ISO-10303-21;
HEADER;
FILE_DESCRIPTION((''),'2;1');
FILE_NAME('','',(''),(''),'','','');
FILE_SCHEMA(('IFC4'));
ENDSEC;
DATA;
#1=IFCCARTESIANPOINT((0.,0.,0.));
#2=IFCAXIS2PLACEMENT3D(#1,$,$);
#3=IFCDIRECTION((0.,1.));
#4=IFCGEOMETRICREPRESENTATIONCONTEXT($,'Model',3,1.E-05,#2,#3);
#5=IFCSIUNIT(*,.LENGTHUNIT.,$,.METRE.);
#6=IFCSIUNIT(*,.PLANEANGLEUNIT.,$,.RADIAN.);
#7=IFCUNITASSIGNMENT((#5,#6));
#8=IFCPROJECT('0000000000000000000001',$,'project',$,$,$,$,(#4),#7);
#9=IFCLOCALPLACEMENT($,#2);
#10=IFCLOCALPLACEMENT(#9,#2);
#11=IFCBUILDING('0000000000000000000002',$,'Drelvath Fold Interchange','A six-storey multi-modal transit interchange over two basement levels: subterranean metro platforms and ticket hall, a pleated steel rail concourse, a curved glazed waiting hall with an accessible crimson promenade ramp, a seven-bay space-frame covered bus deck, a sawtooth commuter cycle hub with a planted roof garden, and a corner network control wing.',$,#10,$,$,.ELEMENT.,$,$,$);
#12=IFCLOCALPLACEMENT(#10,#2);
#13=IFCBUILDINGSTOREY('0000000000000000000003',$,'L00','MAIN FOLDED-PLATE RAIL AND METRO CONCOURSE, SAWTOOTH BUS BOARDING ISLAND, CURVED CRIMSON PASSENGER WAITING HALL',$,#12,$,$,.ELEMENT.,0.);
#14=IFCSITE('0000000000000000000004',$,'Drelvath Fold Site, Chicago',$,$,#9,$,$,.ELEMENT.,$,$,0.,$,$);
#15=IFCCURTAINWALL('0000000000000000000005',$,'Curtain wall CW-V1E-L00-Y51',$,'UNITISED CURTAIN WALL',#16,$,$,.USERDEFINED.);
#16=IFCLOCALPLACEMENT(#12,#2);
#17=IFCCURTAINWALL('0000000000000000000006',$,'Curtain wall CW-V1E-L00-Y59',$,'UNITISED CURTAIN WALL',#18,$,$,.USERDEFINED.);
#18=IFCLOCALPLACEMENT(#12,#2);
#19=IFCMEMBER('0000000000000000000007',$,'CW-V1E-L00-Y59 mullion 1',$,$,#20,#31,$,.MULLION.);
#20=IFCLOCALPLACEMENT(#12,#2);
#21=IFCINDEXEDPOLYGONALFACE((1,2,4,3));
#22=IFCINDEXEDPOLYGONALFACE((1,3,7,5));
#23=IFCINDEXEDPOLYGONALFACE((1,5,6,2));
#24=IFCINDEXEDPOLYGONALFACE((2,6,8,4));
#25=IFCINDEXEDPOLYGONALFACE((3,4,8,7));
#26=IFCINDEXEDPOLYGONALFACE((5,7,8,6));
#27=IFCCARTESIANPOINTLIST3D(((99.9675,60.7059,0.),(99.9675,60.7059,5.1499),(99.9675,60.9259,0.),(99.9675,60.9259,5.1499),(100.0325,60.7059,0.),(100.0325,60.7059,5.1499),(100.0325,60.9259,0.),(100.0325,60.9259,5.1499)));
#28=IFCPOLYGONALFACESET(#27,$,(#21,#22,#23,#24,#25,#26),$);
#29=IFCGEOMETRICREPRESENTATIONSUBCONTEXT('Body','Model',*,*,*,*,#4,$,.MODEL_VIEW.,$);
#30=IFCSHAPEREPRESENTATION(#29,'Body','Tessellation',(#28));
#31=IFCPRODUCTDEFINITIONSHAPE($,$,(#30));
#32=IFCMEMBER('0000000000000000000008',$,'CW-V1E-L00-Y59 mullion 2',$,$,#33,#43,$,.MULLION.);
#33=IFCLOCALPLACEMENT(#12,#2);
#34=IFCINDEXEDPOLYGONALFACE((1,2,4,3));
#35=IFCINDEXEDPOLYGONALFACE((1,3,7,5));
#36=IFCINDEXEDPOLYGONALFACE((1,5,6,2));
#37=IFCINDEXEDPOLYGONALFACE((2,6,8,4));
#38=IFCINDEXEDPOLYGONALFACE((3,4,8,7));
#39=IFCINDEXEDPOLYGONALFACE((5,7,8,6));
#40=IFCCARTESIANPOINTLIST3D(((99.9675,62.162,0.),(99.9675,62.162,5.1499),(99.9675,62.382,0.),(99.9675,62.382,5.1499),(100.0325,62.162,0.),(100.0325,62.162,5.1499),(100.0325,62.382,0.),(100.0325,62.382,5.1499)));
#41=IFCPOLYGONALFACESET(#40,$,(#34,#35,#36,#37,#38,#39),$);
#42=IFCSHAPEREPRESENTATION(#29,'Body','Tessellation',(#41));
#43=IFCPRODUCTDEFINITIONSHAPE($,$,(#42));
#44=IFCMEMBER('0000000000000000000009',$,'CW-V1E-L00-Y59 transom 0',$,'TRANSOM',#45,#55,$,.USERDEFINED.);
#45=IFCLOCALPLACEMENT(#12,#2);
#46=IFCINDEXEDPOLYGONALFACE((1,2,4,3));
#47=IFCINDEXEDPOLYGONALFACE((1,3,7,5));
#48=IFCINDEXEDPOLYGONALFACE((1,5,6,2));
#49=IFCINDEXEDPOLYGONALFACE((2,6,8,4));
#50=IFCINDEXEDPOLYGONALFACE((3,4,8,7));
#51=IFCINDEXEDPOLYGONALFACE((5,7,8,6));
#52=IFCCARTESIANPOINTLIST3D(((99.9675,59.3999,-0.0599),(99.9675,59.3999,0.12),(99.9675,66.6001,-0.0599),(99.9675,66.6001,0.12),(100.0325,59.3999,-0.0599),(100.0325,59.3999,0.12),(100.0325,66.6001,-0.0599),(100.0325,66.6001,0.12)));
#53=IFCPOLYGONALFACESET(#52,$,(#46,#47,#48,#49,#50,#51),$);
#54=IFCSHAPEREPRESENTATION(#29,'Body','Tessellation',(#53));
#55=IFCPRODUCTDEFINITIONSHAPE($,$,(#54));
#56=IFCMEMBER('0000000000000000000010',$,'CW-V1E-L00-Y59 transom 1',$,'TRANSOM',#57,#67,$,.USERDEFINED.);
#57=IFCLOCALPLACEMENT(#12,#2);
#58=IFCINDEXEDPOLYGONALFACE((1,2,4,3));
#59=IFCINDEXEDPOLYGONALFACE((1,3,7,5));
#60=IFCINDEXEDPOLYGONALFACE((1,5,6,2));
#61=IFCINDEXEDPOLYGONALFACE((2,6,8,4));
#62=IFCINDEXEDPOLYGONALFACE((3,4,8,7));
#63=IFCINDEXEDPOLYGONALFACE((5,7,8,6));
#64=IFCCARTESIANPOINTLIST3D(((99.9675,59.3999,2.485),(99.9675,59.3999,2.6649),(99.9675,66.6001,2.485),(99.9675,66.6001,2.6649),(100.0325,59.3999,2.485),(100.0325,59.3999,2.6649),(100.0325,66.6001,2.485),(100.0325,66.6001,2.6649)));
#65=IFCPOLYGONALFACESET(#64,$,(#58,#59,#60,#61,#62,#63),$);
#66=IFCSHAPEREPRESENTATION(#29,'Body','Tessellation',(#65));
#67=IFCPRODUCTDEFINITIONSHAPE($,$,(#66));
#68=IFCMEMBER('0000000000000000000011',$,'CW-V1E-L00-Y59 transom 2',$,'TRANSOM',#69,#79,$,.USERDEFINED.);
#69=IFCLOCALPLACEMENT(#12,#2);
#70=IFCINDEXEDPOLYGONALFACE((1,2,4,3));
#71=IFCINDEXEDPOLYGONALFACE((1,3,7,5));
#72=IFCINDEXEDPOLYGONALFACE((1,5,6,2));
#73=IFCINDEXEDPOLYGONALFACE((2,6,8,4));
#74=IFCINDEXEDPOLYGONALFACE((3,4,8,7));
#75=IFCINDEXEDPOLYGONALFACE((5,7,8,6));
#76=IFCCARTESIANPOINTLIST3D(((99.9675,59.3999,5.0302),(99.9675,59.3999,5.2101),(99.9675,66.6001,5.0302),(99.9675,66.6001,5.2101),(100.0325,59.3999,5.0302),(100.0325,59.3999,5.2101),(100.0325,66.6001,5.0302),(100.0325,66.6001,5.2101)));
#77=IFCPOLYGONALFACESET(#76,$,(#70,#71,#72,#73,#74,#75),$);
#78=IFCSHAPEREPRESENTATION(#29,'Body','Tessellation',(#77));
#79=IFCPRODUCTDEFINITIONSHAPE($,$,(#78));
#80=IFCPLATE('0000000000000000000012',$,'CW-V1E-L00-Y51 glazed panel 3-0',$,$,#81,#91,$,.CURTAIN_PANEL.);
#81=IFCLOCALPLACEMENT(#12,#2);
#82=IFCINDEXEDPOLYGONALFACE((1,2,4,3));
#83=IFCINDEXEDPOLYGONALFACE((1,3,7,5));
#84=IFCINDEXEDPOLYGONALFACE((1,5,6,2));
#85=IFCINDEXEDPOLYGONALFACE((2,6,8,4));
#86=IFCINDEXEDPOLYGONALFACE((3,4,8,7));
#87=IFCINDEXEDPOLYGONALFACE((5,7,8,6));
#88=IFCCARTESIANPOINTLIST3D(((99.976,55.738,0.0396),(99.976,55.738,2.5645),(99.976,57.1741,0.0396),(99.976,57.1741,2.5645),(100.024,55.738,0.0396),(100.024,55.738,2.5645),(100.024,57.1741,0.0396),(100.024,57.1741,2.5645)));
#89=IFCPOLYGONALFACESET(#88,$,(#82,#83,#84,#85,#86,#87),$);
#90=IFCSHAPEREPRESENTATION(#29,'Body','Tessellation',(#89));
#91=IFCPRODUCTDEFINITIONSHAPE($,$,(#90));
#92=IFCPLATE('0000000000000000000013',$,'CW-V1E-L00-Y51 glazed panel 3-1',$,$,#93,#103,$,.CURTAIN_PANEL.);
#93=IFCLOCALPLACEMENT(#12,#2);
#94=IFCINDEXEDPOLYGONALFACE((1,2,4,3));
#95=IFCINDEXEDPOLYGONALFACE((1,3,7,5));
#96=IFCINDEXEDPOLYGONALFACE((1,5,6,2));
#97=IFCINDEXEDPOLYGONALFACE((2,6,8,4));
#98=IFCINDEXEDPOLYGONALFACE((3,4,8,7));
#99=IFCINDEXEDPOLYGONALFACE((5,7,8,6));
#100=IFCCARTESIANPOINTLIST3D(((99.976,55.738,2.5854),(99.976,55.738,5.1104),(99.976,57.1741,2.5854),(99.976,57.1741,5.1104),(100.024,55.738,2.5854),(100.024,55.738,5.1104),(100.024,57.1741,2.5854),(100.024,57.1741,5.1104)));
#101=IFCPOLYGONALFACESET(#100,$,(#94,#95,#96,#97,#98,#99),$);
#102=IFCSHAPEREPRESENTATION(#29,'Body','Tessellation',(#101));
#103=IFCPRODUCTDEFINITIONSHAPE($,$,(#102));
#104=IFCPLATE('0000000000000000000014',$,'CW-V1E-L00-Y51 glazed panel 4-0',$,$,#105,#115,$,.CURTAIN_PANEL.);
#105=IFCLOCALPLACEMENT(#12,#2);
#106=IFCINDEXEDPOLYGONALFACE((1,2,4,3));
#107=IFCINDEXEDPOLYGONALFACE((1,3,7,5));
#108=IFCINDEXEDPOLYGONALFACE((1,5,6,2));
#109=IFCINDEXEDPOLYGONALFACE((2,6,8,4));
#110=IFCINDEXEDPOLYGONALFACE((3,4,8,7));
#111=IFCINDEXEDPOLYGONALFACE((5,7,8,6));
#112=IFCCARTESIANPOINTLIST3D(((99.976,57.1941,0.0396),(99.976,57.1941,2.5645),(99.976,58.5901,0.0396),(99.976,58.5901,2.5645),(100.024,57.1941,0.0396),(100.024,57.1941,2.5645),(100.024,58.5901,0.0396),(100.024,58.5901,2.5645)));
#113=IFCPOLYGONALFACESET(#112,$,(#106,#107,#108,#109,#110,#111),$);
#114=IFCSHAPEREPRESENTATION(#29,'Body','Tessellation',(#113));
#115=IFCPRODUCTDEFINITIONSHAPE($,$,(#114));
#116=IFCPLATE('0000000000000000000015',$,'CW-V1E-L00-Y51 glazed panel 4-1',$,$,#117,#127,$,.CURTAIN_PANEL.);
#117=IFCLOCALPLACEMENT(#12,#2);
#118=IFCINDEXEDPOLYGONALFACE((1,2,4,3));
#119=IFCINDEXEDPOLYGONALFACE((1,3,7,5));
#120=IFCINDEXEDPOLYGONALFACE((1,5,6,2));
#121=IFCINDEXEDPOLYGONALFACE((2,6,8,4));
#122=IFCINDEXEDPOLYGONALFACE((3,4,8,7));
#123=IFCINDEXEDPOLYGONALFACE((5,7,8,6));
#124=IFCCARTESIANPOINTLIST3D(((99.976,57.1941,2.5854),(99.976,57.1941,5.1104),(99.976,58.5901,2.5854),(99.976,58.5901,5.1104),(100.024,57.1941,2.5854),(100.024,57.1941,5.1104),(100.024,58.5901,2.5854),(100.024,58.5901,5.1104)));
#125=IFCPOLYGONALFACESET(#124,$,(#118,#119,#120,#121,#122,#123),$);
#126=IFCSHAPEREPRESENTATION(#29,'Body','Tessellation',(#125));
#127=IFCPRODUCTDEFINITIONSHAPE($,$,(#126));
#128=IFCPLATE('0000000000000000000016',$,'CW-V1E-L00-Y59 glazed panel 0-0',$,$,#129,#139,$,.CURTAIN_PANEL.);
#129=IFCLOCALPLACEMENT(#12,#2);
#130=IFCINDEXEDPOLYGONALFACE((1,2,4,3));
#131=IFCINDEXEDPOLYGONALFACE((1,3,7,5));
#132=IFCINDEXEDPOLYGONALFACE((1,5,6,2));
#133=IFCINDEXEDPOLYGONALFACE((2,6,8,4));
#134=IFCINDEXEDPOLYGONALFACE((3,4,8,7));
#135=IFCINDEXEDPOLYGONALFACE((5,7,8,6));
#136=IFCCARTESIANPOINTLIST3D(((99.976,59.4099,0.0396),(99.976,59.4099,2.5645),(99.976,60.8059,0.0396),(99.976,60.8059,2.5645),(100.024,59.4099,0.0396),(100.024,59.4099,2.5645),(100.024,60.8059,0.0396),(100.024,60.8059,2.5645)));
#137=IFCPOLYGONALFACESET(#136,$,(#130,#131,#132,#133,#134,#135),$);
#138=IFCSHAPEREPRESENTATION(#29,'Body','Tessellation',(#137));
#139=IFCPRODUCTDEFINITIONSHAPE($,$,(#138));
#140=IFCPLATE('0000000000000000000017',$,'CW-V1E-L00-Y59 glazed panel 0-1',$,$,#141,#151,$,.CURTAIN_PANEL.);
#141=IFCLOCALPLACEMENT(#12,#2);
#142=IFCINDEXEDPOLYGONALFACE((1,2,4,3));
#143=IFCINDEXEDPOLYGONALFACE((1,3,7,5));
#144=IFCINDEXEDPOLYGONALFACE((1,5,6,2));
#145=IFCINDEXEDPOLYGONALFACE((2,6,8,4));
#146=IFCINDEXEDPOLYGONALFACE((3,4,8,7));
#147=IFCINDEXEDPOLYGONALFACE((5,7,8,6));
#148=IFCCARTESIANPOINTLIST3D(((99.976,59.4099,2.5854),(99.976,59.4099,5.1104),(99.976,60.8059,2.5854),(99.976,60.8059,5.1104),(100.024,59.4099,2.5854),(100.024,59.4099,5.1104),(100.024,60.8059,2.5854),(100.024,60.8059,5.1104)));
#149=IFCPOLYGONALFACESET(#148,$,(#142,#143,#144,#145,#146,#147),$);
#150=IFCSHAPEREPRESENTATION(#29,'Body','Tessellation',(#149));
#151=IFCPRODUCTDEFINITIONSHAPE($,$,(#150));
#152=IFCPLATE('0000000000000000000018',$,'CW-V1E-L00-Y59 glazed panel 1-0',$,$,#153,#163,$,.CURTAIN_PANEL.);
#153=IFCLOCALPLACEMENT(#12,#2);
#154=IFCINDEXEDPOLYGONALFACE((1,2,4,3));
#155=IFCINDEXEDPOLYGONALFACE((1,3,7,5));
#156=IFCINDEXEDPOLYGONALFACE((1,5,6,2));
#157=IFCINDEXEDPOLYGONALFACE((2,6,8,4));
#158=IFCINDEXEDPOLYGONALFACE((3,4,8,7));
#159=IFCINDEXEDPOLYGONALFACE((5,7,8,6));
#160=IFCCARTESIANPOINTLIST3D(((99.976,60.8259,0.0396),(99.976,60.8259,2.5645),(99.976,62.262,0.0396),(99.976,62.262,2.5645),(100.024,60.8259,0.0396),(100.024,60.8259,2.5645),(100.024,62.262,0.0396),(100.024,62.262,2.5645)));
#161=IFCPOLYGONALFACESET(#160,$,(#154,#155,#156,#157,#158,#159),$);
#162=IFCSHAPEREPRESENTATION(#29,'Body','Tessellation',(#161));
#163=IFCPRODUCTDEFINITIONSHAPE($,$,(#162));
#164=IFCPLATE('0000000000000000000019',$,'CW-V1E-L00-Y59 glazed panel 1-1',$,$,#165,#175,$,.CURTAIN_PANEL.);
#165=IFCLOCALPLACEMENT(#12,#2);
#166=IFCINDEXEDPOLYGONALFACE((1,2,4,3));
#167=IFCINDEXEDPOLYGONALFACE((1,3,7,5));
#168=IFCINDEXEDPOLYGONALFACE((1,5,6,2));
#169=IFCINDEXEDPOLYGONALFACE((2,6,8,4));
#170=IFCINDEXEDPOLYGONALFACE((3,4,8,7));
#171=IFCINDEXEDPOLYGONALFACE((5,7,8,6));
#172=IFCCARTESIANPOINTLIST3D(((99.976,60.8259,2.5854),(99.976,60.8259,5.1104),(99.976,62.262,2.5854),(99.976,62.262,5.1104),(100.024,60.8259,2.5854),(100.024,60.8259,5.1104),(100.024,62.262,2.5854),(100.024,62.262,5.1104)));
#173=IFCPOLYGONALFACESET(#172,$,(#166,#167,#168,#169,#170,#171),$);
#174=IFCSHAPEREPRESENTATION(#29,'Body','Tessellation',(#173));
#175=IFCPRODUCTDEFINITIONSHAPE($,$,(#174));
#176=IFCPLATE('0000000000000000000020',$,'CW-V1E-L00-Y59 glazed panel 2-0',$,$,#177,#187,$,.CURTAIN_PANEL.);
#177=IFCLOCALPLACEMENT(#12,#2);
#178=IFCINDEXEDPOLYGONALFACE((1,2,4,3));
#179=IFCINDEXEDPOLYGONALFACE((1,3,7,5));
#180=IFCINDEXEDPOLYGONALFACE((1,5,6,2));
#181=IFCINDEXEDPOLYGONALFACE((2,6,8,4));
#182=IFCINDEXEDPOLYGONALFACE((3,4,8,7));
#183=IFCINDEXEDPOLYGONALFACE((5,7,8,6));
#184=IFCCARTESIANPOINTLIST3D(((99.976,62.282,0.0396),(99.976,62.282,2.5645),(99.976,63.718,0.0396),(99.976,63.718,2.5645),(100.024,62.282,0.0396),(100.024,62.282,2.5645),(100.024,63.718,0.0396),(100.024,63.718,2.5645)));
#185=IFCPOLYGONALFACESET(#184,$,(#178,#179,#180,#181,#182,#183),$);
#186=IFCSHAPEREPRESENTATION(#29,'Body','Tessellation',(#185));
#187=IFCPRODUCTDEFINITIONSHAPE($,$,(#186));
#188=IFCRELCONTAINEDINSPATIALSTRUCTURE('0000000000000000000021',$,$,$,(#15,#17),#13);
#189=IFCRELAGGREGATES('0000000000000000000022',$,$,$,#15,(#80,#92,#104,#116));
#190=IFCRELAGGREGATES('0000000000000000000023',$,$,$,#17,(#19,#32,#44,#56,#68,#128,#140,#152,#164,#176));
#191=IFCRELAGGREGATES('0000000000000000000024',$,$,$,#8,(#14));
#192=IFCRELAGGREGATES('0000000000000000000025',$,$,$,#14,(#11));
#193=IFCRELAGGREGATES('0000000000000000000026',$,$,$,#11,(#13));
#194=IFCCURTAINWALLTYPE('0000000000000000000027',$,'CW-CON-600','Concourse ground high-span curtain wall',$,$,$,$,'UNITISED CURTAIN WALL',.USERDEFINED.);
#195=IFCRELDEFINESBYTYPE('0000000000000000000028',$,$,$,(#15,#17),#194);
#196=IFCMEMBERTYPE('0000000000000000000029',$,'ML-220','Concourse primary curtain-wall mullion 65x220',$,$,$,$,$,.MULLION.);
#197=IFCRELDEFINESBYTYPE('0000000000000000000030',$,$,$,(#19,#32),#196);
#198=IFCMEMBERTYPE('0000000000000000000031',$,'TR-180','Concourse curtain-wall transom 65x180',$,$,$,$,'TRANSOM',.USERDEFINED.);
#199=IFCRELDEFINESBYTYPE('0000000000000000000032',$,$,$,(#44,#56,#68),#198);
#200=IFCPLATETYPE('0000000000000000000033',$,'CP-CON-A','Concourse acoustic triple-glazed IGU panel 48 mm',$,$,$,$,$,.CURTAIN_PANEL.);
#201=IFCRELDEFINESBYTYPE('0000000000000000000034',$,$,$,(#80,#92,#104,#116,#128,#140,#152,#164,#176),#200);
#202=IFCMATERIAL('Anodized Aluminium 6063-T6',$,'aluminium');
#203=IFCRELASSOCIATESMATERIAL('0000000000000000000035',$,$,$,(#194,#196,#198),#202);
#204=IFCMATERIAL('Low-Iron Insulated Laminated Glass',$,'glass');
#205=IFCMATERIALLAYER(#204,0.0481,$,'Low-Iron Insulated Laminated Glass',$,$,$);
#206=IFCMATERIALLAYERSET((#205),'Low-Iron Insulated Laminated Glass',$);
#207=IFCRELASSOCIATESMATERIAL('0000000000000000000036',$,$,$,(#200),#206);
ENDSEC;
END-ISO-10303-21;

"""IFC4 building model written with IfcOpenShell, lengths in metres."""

from ifc_helpers import new_model, si_unit, direction, frame, origin, origin_2d, place, context, subcontext, project, spatial, rectangle, extrude, material, layer, layer_set, material_profile, profile_set, type_object, element, aggregate, save


model = new_model("IFC4")

# Units and contexts
model_context = context("Model", 3, precision=1e-05, world=origin(), true_north=direction((0.0, 1.0)))
body_context = subcontext(model_context, "Body", "Model", "MODEL_VIEW")
ifc_project = project(units=[si_unit("LENGTHUNIT", "METRE"), si_unit("PLANEANGLEUNIT", "RADIAN")], contexts=[model_context])

# Site, building, storey
site_placement = place(None, origin())
site = spatial("IfcSite", under=ifc_project, at=site_placement, Name="Drelvath Fold Site, Chicago", CompositionType="ELEMENT", RefElevation=0.0)
building_placement = place(site_placement, origin())
building = spatial("IfcBuilding", under=site, at=building_placement, Name="Drelvath Fold Interchange", Description="A six-storey multi-modal transit interchange over two basement levels: subterranean metro platforms and ticket hall, a pleated steel rail concourse, a curved glazed waiting hall with an accessible crimson promenade ramp, a seven-bay space-frame covered bus deck, a sawtooth commuter cycle hub with a planted roof garden, and a corner network control wing.", CompositionType="ELEMENT")
storey_placement = place(building_placement, origin())
storey = spatial("IfcBuildingStorey", under=building, at=storey_placement, Name="L00", Description="MAIN FOLDED-PLATE RAIL AND METRO CONCOURSE, SAWTOOTH BUS BOARDING ISLAND, CURVED CRIMSON PASSENGER WAITING HALL", CompositionType="ELEMENT", Elevation=0.0)

# Curtain walls, members
ifc_material_1 = material(Name="Anodized Aluminium 6063-T6", Category="aluminium")
curtain_wall_type = type_object("IfcCurtainWallType", Name="CW-CON-600", Description="Concourse ground high-span curtain wall", ElementType="UNITISED CURTAIN WALL", PredefinedType="USERDEFINED", material=ifc_material_1)
curtain_wall_1_placement = place(storey_placement, origin())
curtain_wall_1 = element("IfcCurtainWall", 1, at=curtain_wall_1_placement, inside=storey, type_object=curtain_wall_type, Name="Curtain wall CW-V1E-L00-Y51", ObjectType="UNITISED CURTAIN WALL", PredefinedType="USERDEFINED")
ifc_material_profile_1 = material_profile(ifc_material_1, rectangle(XDim=0.0649, YDim=0.22, at=origin_2d()), Name="AL-M 65x220")
ifc_profile_set_1 = profile_set([ifc_material_profile_1], Name="Anodized Aluminium 6063-T6")
member_type_1 = type_object("IfcMemberType", Name="ML-220", Description="Concourse primary curtain-wall mullion 65x220", PredefinedType="MULLION", material=ifc_profile_set_1)
curtain_wall_2_placement = place(storey_placement, origin())
curtain_wall_2 = element("IfcCurtainWall", 2, at=curtain_wall_2_placement, inside=storey, type_object=curtain_wall_type, Name="Curtain wall CW-V1E-L00-Y59", ObjectType="UNITISED CURTAIN WALL", PredefinedType="USERDEFINED")
member_1_placement = place(storey_placement, frame((100.0, 60.8159, 0.0), z_axis=(0.0, 0.0, 1.0), x_axis=(1.0, 0.0, 0.0)))
member_1 = element("IfcMember", 3, at=member_1_placement, type_object=member_type_1, Name="CW-V1E-L00-Y59 mullion 1", PredefinedType="MULLION", context=body_context, shape_type="SweptSolid", body=[
    extrude(rectangle(XDim=0.0649, YDim=0.22, at=origin_2d()), origin(), (0.0, 0.0, 1.0), 5.1499),
])
member_2_placement = place(storey_placement, frame((100.0, 62.272, 0.0), z_axis=(0.0, 0.0, 1.0), x_axis=(1.0, 0.0, 0.0)))
member_2 = element("IfcMember", 4, at=member_2_placement, type_object=member_type_1, Name="CW-V1E-L00-Y59 mullion 2", PredefinedType="MULLION", context=body_context, shape_type="SweptSolid", body=[
    extrude(rectangle(XDim=0.0649, YDim=0.22, at=origin_2d()), origin(), (0.0, 0.0, 1.0), 5.1499),
])
ifc_material_profile_2 = material_profile(ifc_material_1, rectangle(XDim=0.0649, YDim=0.1799, at=origin_2d()), Name="AL-T 65x180")
ifc_profile_set_2 = profile_set([ifc_material_profile_2], Name="Anodized Aluminium 6063-T6")
member_type_2 = type_object("IfcMemberType", Name="TR-180", Description="Concourse curtain-wall transom 65x180", ElementType="TRANSOM", PredefinedType="USERDEFINED", material=ifc_profile_set_2)
member_3_placement = place(storey_placement, frame((100.0, 59.3999, 0.03), z_axis=(0.0, 1.0, 0.0), x_axis=(-1.0, 0.0, 0.0)))
member_3 = element("IfcMember", 5, at=member_3_placement, type_object=member_type_2, Name="CW-V1E-L00-Y59 transom 0", ObjectType="TRANSOM", PredefinedType="USERDEFINED", context=body_context, shape_type="SweptSolid", body=[
    extrude(rectangle(XDim=0.0649, YDim=0.1799, at=origin_2d()), origin(), (0.0, 0.0, 1.0), 7.2002),
])
member_4_placement = place(storey_placement, frame((100.0, 59.3999, 2.575), z_axis=(0.0, 1.0, 0.0), x_axis=(-1.0, 0.0, 0.0)))
member_4 = element("IfcMember", 6, at=member_4_placement, type_object=member_type_2, Name="CW-V1E-L00-Y59 transom 1", ObjectType="TRANSOM", PredefinedType="USERDEFINED", context=body_context, shape_type="SweptSolid", body=[
    extrude(rectangle(XDim=0.0649, YDim=0.1799, at=origin_2d()), origin(), (0.0, 0.0, 1.0), 7.2002),
])
member_5_placement = place(storey_placement, frame((100.0, 59.3999, 5.1201), z_axis=(0.0, 1.0, 0.0), x_axis=(-1.0, 0.0, 0.0)))
member_5 = element("IfcMember", 7, at=member_5_placement, type_object=member_type_2, Name="CW-V1E-L00-Y59 transom 2", ObjectType="TRANSOM", PredefinedType="USERDEFINED", context=body_context, shape_type="SweptSolid", body=[
    extrude(rectangle(XDim=0.0649, YDim=0.1799, at=origin_2d()), origin(), (0.0, 0.0, 1.0), 7.2002),
])

# Plates
ifc_material_2 = material(Name="Low-Iron Insulated Laminated Glass", Category="glass")
ifc_layer = layer(ifc_material_2, 0.0481, Name="Low-Iron Insulated Laminated Glass")
ifc_layer_set = layer_set([ifc_layer], Name="Low-Iron Insulated Laminated Glass")
plate_type = type_object("IfcPlateType", Name="CP-CON-A", Description="Concourse acoustic triple-glazed IGU panel 48 mm", PredefinedType="CURTAIN_PANEL", material=ifc_layer_set)
plate_1_placement = place(storey_placement, frame((100.0, 56.4561, 0.0396), z_axis=(0.0, 0.0, 1.0), x_axis=(0.0, 1.0, 0.0)))
plate_1 = element("IfcPlate", 8, at=plate_1_placement, type_object=plate_type, Name="CW-V1E-L00-Y51 glazed panel 3-0", PredefinedType="CURTAIN_PANEL", context=body_context, shape_type="SweptSolid", body=[
    extrude(rectangle(XDim=1.436, YDim=0.0481, at=origin_2d()), origin(), (0.0, 0.0, 1.0), 2.5249),
])
plate_2_placement = place(storey_placement, frame((100.0, 56.4561, 2.5854), z_axis=(0.0, 0.0, 1.0), x_axis=(0.0, 1.0, 0.0)))
plate_2 = element("IfcPlate", 9, at=plate_2_placement, type_object=plate_type, Name="CW-V1E-L00-Y51 glazed panel 3-1", PredefinedType="CURTAIN_PANEL", context=body_context, shape_type="SweptSolid", body=[
    extrude(rectangle(XDim=1.436, YDim=0.0481, at=origin_2d()), origin(), (0.0, 0.0, 1.0), 2.5249),
])
plate_3_placement = place(storey_placement, frame((100.0, 57.8921, 0.0396), z_axis=(0.0, 0.0, 1.0), x_axis=(0.0, 1.0, 0.0)))
plate_3 = element("IfcPlate", 10, at=plate_3_placement, type_object=plate_type, Name="CW-V1E-L00-Y51 glazed panel 4-0", PredefinedType="CURTAIN_PANEL", context=body_context, shape_type="SweptSolid", body=[
    extrude(rectangle(XDim=1.396, YDim=0.0481, at=origin_2d()), origin(), (0.0, 0.0, 1.0), 2.5249),
])
plate_4_placement = place(storey_placement, frame((100.0, 57.8921, 2.5854), z_axis=(0.0, 0.0, 1.0), x_axis=(0.0, 1.0, 0.0)))
plate_4 = element("IfcPlate", 11, at=plate_4_placement, type_object=plate_type, Name="CW-V1E-L00-Y51 glazed panel 4-1", PredefinedType="CURTAIN_PANEL", context=body_context, shape_type="SweptSolid", body=[
    extrude(rectangle(XDim=1.396, YDim=0.0481, at=origin_2d()), origin(), (0.0, 0.0, 1.0), 2.5249),
])
aggregate(curtain_wall_1, [plate_1, plate_2, plate_3, plate_4])
plate_5_placement = place(storey_placement, frame((100.0, 60.1079, 0.0396), z_axis=(0.0, 0.0, 1.0), x_axis=(0.0, 1.0, 0.0)))
plate_5 = element("IfcPlate", 12, at=plate_5_placement, type_object=plate_type, Name="CW-V1E-L00-Y59 glazed panel 0-0", PredefinedType="CURTAIN_PANEL", context=body_context, shape_type="SweptSolid", body=[
    extrude(rectangle(XDim=1.396, YDim=0.0481, at=origin_2d()), origin(), (0.0, 0.0, 1.0), 2.5249),
])
plate_6_placement = place(storey_placement, frame((100.0, 60.1079, 2.5854), z_axis=(0.0, 0.0, 1.0), x_axis=(0.0, 1.0, 0.0)))
plate_6 = element("IfcPlate", 13, at=plate_6_placement, type_object=plate_type, Name="CW-V1E-L00-Y59 glazed panel 0-1", PredefinedType="CURTAIN_PANEL", context=body_context, shape_type="SweptSolid", body=[
    extrude(rectangle(XDim=1.396, YDim=0.0481, at=origin_2d()), origin(), (0.0, 0.0, 1.0), 2.5249),
])
plate_7_placement = place(storey_placement, frame((100.0, 61.5439, 0.0396), z_axis=(0.0, 0.0, 1.0), x_axis=(0.0, 1.0, 0.0)))
plate_7 = element("IfcPlate", 14, at=plate_7_placement, type_object=plate_type, Name="CW-V1E-L00-Y59 glazed panel 1-0", PredefinedType="CURTAIN_PANEL", context=body_context, shape_type="SweptSolid", body=[
    extrude(rectangle(XDim=1.436, YDim=0.0481, at=origin_2d()), origin(), (0.0, 0.0, 1.0), 2.5249),
])
plate_8_placement = place(storey_placement, frame((100.0, 61.5439, 2.5854), z_axis=(0.0, 0.0, 1.0), x_axis=(0.0, 1.0, 0.0)))
plate_8 = element("IfcPlate", 15, at=plate_8_placement, type_object=plate_type, Name="CW-V1E-L00-Y59 glazed panel 1-1", PredefinedType="CURTAIN_PANEL", context=body_context, shape_type="SweptSolid", body=[
    extrude(rectangle(XDim=1.436, YDim=0.0481, at=origin_2d()), origin(), (0.0, 0.0, 1.0), 2.5249),
])
plate_9_placement = place(storey_placement, frame((100.0, 63.0, 0.0396), z_axis=(0.0, 0.0, 1.0), x_axis=(0.0, 1.0, 0.0)))
plate_9 = element("IfcPlate", 16, at=plate_9_placement, type_object=plate_type, Name="CW-V1E-L00-Y59 glazed panel 2-0", PredefinedType="CURTAIN_PANEL", context=body_context, shape_type="SweptSolid", body=[
    extrude(rectangle(XDim=1.436, YDim=0.0481, at=origin_2d()), origin(), (0.0, 0.0, 1.0), 2.5249),
])
aggregate(curtain_wall_2, [member_1, member_2, member_3, member_4, member_5, plate_5, plate_6, plate_7, plate_8, plate_9])

save(model, "model.ifc")
